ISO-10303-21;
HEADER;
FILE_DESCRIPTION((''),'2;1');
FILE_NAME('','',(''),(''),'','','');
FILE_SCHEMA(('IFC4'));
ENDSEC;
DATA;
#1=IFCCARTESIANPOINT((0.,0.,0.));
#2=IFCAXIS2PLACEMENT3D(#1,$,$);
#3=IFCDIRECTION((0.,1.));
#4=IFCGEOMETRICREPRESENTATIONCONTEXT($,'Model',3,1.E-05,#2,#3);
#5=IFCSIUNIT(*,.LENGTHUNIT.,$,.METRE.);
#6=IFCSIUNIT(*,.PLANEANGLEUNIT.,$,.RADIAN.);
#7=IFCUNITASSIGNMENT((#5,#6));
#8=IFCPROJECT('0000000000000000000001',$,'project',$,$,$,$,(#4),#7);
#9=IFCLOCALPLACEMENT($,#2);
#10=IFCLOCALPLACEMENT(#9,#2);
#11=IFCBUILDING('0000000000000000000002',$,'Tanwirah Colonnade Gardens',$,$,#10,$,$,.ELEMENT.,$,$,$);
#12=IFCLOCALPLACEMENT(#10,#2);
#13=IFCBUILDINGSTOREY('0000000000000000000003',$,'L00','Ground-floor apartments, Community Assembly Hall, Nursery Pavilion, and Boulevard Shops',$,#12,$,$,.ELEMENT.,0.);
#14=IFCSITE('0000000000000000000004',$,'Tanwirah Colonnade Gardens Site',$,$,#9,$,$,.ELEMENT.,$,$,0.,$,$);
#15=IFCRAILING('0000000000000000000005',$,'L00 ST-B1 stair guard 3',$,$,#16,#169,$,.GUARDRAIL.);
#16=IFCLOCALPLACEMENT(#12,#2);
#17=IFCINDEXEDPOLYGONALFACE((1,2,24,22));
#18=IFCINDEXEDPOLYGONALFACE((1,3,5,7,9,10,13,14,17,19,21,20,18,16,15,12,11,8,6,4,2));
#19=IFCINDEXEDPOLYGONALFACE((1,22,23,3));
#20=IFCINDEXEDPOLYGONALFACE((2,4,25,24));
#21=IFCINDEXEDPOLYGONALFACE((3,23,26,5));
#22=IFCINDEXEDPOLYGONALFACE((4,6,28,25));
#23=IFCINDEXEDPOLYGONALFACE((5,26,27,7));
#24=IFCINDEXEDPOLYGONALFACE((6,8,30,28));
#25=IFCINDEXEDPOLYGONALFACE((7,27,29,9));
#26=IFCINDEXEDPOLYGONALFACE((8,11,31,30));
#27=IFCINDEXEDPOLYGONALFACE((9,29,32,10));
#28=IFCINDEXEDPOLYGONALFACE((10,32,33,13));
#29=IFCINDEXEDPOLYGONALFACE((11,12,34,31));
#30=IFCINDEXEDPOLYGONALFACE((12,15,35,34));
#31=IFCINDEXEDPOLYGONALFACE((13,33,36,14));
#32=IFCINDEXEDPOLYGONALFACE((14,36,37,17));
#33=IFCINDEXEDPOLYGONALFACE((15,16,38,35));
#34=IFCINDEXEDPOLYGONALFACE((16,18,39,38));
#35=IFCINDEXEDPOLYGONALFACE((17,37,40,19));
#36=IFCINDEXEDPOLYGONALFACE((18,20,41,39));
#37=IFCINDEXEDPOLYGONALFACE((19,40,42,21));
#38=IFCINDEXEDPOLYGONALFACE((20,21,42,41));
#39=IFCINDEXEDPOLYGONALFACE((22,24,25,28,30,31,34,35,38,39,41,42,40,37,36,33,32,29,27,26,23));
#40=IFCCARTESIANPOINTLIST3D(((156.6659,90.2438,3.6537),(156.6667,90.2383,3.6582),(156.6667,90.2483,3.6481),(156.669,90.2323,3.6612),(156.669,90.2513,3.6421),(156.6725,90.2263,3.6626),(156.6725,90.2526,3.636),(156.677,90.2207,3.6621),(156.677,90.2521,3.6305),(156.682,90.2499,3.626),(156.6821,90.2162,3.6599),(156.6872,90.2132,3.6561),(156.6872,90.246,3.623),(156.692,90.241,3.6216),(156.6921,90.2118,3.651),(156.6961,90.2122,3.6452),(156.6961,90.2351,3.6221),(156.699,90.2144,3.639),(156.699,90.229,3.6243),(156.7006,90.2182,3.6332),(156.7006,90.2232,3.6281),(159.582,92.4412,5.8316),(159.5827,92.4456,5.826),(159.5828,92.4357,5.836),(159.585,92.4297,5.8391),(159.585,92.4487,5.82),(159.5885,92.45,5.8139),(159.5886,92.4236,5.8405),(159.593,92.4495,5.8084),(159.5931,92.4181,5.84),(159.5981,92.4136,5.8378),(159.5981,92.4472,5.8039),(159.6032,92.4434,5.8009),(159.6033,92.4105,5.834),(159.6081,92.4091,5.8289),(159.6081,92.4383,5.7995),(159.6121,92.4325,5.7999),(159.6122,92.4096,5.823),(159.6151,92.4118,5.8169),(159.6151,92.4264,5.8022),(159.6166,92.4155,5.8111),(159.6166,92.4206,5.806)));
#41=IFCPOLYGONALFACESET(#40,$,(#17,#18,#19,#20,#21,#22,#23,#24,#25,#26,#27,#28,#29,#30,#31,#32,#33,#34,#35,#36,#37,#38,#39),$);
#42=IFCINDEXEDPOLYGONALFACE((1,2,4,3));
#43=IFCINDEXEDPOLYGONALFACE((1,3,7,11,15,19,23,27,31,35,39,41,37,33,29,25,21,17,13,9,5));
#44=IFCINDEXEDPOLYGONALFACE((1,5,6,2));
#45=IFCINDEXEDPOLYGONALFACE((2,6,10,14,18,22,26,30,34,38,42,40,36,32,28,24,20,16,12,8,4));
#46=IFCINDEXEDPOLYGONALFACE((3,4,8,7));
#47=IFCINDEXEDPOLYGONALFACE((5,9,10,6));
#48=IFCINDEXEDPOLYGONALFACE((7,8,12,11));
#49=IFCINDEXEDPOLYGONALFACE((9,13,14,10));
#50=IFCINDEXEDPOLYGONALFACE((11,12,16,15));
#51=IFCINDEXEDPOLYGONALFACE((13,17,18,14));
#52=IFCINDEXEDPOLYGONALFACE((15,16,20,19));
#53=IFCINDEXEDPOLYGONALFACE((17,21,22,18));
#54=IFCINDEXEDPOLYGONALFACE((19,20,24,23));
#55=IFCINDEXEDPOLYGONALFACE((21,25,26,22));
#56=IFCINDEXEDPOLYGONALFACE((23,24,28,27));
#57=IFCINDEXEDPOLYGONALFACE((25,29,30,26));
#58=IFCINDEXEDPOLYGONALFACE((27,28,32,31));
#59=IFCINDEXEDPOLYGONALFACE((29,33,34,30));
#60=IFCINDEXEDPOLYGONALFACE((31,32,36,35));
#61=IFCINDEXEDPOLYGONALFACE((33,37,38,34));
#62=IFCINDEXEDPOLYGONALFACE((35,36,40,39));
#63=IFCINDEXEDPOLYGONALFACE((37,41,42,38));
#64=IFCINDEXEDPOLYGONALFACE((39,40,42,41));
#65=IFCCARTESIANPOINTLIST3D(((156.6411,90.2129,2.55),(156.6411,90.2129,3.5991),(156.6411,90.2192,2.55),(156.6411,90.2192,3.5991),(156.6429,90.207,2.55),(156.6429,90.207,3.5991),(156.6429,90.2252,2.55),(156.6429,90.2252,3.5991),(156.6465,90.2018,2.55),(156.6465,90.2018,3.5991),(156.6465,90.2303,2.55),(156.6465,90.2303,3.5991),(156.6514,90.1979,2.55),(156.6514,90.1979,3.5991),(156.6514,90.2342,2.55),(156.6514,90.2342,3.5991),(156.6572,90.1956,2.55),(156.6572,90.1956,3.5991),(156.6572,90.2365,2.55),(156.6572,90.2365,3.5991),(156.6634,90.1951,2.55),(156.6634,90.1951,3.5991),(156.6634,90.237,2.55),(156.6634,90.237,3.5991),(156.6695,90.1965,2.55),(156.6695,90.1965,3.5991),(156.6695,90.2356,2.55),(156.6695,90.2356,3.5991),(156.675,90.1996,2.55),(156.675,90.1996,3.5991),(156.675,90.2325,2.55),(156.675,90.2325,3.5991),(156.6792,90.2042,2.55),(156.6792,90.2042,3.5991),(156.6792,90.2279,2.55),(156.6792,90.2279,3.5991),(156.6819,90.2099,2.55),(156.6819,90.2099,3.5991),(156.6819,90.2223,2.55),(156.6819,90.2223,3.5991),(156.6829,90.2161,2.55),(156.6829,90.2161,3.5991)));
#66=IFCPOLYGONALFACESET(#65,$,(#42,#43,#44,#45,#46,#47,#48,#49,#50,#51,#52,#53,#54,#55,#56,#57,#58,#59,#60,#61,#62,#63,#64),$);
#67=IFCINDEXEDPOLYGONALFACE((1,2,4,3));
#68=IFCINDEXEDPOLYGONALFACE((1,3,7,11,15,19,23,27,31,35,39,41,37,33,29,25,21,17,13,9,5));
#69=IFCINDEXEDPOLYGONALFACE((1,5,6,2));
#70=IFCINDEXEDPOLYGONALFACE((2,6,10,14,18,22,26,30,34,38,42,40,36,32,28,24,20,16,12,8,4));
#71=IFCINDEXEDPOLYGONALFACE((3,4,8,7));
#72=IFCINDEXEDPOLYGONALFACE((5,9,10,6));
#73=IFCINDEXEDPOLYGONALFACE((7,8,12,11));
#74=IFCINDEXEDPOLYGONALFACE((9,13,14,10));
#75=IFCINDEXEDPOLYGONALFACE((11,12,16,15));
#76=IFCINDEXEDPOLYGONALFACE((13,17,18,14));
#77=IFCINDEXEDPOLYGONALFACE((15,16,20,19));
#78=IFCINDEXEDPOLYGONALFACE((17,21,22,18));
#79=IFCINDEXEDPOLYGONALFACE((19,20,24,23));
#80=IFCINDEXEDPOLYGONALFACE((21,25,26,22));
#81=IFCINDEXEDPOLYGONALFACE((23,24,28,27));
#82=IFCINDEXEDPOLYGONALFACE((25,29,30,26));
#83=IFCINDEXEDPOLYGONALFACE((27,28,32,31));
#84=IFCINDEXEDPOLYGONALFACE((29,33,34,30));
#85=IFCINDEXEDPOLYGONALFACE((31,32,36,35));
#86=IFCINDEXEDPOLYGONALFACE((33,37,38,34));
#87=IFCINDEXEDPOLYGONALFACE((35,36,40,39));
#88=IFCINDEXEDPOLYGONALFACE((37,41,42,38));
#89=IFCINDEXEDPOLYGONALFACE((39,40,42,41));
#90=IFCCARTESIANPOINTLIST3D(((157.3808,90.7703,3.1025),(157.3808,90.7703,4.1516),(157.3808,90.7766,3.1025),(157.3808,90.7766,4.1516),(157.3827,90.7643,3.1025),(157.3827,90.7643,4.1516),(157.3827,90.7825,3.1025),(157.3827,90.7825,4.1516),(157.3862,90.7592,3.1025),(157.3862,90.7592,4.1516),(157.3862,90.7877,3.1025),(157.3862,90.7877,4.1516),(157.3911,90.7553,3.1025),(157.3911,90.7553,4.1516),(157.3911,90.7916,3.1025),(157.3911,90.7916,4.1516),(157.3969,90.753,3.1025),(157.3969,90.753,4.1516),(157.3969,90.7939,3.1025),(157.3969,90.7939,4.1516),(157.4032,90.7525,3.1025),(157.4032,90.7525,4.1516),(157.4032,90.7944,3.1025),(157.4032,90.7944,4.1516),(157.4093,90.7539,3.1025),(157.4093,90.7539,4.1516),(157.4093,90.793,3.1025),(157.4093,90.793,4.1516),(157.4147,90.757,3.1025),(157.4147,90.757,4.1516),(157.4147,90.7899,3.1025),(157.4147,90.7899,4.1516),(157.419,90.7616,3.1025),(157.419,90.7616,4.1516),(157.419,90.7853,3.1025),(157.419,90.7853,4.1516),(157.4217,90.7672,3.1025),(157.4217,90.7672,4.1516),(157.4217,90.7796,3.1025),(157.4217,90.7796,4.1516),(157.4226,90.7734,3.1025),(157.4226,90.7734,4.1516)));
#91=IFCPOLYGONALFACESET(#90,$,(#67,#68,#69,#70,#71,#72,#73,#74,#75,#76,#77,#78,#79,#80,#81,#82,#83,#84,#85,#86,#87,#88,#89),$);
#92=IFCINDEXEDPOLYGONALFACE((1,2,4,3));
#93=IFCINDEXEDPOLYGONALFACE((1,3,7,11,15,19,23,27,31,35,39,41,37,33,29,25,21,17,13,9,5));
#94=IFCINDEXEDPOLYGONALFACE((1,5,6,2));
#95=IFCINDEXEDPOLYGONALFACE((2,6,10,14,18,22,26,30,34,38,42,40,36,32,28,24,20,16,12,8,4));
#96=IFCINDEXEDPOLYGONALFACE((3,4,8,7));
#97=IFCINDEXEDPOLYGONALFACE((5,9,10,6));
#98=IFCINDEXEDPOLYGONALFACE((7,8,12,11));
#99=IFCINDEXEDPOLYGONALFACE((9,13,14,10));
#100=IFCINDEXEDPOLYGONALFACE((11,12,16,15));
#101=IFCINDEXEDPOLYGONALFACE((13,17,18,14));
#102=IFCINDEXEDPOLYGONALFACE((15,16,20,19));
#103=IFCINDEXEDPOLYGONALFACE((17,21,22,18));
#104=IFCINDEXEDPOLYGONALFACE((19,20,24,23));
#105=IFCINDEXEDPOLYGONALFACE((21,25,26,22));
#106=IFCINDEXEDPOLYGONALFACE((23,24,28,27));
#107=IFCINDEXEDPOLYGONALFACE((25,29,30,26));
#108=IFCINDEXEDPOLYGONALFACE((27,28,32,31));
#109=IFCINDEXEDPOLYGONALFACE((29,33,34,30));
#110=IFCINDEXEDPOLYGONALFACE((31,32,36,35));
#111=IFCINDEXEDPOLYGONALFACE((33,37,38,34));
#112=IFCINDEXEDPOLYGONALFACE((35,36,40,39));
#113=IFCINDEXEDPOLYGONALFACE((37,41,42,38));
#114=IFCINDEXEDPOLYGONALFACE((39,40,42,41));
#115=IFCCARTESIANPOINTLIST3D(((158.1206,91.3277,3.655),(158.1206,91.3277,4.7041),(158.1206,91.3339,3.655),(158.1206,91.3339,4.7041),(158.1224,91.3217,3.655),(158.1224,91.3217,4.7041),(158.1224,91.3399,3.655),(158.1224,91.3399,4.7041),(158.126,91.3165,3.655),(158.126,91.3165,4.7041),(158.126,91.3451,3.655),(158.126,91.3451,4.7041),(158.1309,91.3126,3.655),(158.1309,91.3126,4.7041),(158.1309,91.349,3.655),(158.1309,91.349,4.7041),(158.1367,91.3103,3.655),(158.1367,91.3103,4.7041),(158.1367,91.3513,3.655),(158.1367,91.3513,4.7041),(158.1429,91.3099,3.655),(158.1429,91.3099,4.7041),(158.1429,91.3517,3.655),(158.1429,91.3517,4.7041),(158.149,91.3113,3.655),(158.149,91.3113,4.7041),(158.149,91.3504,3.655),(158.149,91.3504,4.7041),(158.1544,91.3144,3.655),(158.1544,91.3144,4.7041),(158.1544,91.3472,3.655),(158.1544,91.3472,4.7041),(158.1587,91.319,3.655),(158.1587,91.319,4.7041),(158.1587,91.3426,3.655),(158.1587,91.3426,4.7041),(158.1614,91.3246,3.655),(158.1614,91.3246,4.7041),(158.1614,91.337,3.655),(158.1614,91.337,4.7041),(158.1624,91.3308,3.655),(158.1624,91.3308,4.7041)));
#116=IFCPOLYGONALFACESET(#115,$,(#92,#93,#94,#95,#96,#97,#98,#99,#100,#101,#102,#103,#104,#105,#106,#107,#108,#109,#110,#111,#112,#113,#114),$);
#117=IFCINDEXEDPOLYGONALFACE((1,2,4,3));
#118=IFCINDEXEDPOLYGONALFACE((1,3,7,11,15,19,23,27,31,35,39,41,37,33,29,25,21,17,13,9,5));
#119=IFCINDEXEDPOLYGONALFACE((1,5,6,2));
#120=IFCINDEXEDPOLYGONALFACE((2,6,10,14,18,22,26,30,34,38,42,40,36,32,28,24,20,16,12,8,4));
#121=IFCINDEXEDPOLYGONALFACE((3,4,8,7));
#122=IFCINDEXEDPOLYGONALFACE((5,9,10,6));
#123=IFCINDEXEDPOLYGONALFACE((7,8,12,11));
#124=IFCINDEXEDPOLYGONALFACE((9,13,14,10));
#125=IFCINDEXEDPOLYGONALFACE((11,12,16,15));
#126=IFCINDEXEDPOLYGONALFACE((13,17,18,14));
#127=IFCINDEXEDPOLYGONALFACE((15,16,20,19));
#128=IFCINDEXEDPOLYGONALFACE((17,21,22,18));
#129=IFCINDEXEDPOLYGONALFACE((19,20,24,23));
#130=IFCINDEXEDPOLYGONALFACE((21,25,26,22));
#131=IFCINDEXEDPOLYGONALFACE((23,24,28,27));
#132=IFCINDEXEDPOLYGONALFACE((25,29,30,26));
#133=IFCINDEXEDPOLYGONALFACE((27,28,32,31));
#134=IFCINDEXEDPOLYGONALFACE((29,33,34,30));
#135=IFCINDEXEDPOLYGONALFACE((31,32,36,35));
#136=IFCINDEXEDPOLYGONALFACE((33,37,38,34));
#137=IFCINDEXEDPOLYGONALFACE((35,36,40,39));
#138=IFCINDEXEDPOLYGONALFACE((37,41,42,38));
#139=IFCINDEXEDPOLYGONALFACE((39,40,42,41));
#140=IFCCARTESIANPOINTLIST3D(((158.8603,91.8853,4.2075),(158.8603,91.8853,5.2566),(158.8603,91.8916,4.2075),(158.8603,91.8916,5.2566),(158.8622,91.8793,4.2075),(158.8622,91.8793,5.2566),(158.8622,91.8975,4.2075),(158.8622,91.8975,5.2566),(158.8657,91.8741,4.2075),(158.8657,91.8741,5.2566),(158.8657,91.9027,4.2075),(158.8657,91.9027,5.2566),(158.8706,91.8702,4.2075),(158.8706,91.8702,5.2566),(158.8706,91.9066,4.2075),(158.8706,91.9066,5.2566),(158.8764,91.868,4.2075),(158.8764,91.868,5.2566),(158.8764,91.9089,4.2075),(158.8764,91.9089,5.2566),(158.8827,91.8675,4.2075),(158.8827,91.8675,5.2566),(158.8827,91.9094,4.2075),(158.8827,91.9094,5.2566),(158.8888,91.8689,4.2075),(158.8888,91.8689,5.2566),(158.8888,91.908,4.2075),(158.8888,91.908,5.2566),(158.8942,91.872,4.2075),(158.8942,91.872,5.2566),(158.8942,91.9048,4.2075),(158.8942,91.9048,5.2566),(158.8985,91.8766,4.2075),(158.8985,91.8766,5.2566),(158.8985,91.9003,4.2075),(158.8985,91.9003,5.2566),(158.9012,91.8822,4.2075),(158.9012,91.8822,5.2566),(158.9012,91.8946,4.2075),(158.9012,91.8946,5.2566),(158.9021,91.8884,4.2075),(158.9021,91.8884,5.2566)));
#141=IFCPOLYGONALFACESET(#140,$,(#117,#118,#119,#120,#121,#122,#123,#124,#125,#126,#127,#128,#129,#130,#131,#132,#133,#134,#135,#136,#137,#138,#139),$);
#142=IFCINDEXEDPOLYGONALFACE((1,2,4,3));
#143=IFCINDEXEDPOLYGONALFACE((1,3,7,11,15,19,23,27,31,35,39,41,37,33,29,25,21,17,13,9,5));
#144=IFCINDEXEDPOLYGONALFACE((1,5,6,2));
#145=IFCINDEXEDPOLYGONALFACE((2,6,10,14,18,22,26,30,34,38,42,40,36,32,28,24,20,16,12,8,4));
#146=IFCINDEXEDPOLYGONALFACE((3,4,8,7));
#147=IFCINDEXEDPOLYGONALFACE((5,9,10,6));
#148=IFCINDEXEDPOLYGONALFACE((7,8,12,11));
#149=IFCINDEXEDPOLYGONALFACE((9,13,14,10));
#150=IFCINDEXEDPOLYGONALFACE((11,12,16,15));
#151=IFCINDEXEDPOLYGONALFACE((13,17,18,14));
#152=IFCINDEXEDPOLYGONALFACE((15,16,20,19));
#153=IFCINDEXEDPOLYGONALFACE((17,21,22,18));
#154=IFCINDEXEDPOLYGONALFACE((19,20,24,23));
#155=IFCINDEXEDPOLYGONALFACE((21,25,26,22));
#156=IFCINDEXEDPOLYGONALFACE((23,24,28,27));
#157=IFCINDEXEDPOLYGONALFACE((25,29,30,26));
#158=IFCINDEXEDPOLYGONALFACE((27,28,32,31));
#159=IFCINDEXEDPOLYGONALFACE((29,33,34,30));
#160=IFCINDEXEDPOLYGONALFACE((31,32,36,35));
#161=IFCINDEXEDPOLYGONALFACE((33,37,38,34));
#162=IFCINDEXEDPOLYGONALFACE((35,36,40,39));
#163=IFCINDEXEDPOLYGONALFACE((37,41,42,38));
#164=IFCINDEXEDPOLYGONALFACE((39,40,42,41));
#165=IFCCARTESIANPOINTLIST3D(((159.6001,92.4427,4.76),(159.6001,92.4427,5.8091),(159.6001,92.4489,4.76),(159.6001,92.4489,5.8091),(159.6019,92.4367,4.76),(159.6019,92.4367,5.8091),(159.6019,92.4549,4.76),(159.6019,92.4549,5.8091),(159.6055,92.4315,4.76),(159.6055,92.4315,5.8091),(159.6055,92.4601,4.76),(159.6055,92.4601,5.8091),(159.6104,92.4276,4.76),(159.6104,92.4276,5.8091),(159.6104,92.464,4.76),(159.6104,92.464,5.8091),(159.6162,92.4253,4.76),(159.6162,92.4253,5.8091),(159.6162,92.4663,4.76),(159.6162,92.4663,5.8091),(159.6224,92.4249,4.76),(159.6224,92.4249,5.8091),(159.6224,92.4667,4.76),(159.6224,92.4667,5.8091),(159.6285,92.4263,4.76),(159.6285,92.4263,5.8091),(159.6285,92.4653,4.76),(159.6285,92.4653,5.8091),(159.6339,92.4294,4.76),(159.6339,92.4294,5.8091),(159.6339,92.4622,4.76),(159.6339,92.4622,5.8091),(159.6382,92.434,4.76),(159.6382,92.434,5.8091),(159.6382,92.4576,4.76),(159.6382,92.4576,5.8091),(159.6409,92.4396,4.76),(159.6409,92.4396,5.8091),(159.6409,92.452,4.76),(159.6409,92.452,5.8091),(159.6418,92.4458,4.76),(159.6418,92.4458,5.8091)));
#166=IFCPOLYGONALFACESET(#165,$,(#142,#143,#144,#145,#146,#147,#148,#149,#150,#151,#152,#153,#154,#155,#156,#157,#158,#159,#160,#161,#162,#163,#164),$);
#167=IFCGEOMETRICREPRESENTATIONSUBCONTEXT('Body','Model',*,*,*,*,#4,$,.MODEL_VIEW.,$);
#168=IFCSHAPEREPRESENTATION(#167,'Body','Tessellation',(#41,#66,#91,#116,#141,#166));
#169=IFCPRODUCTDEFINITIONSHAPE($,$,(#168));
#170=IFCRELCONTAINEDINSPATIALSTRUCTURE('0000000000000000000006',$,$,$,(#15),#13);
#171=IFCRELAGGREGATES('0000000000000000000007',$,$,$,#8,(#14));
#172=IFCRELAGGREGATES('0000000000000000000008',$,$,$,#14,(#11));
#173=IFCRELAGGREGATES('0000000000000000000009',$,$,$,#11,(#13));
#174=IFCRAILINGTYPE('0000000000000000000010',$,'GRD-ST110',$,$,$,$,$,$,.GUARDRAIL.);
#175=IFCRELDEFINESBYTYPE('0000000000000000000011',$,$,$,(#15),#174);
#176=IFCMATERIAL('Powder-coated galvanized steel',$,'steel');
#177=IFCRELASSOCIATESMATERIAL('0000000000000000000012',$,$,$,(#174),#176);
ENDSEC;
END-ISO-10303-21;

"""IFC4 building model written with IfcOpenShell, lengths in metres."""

from ifc_helpers import new_model, si_unit, direction, frame, origin, origin_2d, place, context, subcontext, project, spatial, circle, extrude, material, type_object, element, save


model = new_model("IFC4")

# Units and contexts
model_context = context("Model", 3, precision=1e-05, world=origin(), true_north=direction((0.0, 1.0)))
body_context = subcontext(model_context, "Body", "Model", "MODEL_VIEW")
ifc_project = project(units=[si_unit("LENGTHUNIT", "METRE"), si_unit("PLANEANGLEUNIT", "RADIAN")], contexts=[model_context])

# Site, building, storey
site_placement = place(None, origin())
site = spatial("IfcSite", under=ifc_project, at=site_placement, Name="Tanwirah Colonnade Gardens Site", CompositionType="ELEMENT", RefElevation=0.0)
building_placement = place(site_placement, origin())
building = spatial("IfcBuilding", under=site, at=building_placement, Name="Tanwirah Colonnade Gardens", CompositionType="ELEMENT")
storey_placement = place(building_placement, origin())
storey = spatial("IfcBuildingStorey", under=building, at=storey_placement, Name="L00", Description="Ground-floor apartments, Community Assembly Hall, Nursery Pavilion, and Boulevard Shops", CompositionType="ELEMENT", Elevation=0.0)

# Railing
ifc_material_1 = material(Name="Powder-coated galvanized steel", Category="steel")
railing_type_1 = type_object("IfcRailingType", Name="GRD-ST110", PredefinedType="GUARDRAIL", material=ifc_material_1)
railing_1_placement = place(storey_placement, frame((156.6619, 90.2161, 2.55)))
element("IfcRailing", 1, at=railing_1_placement, inside=storey, type_object=railing_type_1, Name="L00 ST-B1 stair guard 3", PredefinedType="GUARDRAIL", context=body_context, shape_type="SweptSolid", body=[
    extrude(circle(Radius=0.0239, at=origin_2d()), frame((0.0215, 0.0161, 1.092), z_axis=(0.685891, 0.516852, 0.512268), x_axis=(-0.601812, 0.798638, 0.0)), (0.0, 0.0, 1.0), 4.2515),
    extrude(circle(Radius=0.021, at=origin_2d()), origin(), (0.0, 0.0, 1.0), 1.0491),
    extrude(circle(Radius=0.021, at=origin_2d()), frame((0.7397, 0.5574, 0.5525)), (0.0, 0.0, 1.0), 1.0491),
    extrude(circle(Radius=0.021, at=origin_2d()), frame((1.4795, 1.1147, 1.105)), (0.0, 0.0, 1.0), 1.0491),
    extrude(circle(Radius=0.021, at=origin_2d()), frame((2.2192, 1.6724, 1.6575)), (0.0, 0.0, 1.0), 1.0491),
    extrude(circle(Radius=0.021, at=origin_2d()), frame((2.959, 2.2297, 2.21)), (0.0, 0.0, 1.0), 1.0491),
])

save(model, "model.ifc")
